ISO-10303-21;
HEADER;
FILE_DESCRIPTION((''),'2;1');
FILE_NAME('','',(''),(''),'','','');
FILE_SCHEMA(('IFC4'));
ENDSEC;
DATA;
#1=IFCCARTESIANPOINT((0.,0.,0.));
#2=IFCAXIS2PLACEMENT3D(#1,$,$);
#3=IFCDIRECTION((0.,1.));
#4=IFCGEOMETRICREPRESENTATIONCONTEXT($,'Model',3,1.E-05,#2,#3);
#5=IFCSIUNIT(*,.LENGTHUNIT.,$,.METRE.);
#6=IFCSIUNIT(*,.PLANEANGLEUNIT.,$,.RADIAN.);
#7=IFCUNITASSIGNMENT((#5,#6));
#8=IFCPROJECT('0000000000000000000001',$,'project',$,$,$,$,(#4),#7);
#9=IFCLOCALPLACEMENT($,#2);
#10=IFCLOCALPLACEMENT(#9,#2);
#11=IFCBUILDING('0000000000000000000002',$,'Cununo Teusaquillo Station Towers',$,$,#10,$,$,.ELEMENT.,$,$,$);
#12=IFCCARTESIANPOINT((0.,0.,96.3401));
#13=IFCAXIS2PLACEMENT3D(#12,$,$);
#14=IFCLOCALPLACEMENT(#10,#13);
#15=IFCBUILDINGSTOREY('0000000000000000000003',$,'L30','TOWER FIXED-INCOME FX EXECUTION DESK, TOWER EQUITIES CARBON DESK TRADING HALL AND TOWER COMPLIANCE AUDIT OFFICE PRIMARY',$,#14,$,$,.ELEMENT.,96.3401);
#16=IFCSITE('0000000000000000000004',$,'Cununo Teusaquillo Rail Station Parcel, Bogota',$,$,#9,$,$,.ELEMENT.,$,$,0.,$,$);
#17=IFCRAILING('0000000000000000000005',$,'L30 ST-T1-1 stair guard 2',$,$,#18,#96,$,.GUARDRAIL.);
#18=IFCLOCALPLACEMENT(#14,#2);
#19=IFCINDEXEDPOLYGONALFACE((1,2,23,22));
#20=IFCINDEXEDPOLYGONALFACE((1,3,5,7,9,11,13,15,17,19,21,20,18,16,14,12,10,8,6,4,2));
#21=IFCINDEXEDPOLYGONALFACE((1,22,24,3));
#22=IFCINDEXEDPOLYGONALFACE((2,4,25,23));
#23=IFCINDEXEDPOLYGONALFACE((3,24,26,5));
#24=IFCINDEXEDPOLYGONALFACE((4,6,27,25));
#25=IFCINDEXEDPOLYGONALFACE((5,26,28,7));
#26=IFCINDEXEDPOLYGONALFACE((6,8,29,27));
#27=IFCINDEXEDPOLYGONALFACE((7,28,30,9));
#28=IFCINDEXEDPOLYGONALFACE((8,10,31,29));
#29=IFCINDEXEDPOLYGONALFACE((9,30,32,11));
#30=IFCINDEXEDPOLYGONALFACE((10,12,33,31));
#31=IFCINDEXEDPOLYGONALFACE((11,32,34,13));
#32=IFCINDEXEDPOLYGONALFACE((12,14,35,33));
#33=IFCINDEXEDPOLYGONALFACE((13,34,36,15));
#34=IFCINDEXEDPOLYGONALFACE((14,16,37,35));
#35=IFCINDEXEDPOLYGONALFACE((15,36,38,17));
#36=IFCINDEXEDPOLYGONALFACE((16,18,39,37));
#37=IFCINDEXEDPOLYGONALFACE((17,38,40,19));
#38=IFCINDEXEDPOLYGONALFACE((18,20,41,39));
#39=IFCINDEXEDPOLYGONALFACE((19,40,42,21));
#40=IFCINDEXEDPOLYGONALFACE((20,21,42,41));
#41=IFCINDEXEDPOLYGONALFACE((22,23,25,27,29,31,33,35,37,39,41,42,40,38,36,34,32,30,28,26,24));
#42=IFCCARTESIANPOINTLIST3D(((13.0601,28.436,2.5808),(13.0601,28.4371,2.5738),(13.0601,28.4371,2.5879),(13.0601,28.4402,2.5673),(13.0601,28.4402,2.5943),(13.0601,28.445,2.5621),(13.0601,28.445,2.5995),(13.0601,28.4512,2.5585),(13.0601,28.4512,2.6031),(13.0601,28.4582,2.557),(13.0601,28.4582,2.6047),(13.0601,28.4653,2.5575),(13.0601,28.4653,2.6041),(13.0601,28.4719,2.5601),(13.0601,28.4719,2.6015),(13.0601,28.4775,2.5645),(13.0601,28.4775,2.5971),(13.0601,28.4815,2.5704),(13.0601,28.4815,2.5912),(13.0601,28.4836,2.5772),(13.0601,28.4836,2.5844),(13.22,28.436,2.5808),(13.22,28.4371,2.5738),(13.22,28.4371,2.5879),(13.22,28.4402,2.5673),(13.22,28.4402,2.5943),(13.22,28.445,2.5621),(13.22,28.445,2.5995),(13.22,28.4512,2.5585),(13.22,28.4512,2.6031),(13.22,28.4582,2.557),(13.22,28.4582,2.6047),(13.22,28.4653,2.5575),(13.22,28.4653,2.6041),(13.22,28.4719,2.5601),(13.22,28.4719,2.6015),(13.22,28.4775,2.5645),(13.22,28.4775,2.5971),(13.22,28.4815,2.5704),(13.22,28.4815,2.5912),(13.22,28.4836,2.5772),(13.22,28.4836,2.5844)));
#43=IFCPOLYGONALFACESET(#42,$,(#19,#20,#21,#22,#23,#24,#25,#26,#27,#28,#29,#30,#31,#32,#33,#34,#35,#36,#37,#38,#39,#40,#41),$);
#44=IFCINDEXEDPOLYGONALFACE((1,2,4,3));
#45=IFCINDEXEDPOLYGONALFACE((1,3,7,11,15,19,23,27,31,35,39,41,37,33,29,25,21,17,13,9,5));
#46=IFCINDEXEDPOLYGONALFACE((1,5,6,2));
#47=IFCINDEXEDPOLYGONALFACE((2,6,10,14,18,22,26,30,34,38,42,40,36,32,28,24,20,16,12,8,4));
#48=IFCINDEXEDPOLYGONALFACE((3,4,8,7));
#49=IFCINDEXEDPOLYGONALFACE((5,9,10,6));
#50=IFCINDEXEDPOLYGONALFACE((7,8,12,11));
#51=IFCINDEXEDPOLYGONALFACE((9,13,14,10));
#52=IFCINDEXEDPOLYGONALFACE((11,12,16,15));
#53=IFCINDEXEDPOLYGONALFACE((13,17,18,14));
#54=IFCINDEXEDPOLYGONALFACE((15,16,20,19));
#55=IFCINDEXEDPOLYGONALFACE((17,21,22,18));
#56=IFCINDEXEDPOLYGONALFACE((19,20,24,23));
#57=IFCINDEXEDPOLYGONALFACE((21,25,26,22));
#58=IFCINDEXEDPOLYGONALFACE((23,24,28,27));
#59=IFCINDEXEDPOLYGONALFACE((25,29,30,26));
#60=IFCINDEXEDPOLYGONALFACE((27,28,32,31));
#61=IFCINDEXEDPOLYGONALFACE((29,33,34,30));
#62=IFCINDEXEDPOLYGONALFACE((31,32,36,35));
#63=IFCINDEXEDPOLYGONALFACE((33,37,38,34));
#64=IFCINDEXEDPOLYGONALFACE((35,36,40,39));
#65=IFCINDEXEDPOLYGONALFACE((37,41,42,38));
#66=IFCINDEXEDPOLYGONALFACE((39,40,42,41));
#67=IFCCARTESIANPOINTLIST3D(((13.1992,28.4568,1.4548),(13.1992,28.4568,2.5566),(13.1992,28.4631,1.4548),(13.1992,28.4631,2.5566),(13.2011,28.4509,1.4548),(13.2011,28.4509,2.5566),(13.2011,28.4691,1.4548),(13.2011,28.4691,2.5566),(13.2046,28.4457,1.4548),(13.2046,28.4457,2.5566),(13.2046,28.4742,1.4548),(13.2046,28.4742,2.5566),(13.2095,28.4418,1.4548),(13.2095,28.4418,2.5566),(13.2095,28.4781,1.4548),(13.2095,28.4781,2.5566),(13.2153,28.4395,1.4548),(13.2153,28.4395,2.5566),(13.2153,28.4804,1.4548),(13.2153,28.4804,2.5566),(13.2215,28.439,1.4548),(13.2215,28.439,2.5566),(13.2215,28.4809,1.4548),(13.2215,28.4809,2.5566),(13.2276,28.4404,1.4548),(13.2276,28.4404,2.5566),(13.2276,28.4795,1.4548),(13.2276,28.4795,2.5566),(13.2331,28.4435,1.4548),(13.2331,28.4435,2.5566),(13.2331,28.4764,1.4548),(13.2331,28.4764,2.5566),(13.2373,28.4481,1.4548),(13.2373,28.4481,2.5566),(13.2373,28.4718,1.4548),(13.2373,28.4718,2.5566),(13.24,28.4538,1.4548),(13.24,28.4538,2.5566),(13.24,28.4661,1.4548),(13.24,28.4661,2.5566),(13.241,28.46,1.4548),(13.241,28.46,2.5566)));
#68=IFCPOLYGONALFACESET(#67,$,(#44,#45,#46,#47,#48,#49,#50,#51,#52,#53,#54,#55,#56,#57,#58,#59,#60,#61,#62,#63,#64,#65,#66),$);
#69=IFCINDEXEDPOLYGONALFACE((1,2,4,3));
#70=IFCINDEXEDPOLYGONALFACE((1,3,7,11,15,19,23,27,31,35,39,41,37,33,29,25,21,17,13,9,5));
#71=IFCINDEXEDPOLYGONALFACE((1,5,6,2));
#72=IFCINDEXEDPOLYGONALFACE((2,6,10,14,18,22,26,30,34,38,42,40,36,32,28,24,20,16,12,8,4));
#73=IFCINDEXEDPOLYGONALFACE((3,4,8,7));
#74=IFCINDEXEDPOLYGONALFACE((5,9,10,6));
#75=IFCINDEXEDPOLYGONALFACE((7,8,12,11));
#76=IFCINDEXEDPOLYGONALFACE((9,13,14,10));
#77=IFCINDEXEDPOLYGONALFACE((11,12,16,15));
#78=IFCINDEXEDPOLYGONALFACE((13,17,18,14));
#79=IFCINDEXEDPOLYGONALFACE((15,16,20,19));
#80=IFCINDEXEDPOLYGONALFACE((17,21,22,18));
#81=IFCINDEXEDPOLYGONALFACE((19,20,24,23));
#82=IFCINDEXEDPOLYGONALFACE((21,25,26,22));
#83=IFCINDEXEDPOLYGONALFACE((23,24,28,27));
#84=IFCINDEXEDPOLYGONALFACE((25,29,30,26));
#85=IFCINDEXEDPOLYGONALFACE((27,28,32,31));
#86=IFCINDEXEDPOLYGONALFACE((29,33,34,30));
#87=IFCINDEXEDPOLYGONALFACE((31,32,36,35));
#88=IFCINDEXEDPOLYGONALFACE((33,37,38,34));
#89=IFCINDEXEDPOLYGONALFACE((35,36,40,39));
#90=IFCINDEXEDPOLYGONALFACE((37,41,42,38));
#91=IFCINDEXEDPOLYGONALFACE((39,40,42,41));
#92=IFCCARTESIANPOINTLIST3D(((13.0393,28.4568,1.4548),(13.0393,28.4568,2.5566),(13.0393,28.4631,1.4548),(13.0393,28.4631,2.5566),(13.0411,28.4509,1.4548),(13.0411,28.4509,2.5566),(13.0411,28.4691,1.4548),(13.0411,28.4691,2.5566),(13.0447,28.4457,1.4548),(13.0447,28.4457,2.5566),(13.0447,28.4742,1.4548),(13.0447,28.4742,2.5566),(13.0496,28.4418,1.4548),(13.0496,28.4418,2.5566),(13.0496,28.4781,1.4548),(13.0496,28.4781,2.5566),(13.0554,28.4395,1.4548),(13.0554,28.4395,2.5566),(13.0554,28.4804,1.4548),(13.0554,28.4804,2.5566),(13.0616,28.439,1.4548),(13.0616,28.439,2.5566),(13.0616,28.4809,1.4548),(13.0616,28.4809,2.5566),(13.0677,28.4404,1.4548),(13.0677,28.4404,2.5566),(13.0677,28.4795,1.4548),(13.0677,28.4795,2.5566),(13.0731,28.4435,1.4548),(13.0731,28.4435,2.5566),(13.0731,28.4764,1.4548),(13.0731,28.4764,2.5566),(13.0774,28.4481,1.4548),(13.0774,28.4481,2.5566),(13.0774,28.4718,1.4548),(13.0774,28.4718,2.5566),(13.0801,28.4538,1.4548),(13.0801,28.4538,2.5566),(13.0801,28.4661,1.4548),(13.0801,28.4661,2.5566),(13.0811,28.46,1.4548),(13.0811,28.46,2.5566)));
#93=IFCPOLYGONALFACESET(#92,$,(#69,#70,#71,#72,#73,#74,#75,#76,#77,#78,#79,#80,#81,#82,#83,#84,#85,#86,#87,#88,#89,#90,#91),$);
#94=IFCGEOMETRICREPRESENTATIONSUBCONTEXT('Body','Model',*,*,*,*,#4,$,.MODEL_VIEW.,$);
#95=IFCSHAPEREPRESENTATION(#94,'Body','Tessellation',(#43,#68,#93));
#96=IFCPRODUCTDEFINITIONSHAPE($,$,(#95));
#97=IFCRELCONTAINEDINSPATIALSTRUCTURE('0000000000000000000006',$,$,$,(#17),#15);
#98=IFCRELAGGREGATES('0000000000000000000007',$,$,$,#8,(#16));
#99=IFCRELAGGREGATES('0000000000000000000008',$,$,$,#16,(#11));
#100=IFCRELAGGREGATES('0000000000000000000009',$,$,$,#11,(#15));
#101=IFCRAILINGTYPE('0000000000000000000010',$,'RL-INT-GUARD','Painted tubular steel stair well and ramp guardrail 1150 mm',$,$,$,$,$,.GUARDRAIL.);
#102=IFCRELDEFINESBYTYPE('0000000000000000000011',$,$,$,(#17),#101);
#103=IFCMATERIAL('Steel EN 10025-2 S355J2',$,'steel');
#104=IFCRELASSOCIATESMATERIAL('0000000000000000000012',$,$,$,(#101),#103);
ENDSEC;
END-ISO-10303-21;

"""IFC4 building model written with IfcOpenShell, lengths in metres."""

from ifc_helpers import new_model, si_unit, direction, frame, origin, origin_2d, place, context, subcontext, project, spatial, circle, extrude, material, type_object, element, save


model = new_model("IFC4")

# Units and contexts
model_context = context("Model", 3, precision=1e-05, world=origin(), true_north=direction((0.0, 1.0)))
body_context = subcontext(model_context, "Body", "Model", "MODEL_VIEW")
ifc_project = project(units=[si_unit("LENGTHUNIT", "METRE"), si_unit("PLANEANGLEUNIT", "RADIAN")], contexts=[model_context])

# Site, building, storey
site_placement = place(None, origin())
site = spatial("IfcSite", under=ifc_project, at=site_placement, Name="Cununo Teusaquillo Rail Station Parcel, Bogota", CompositionType="ELEMENT", RefElevation=0.0)
building_placement = place(site_placement, origin())
building = spatial("IfcBuilding", under=site, at=building_placement, Name="Cununo Teusaquillo Station Towers", CompositionType="ELEMENT")
storey_placement = place(building_placement, frame((0.0, 0.0, 96.3401)))
storey = spatial("IfcBuildingStorey", under=building, at=storey_placement, Name="L30", Description="TOWER FIXED-INCOME FX EXECUTION DESK, TOWER EQUITIES CARBON DESK TRADING HALL AND TOWER COMPLIANCE AUDIT OFFICE PRIMARY", CompositionType="ELEMENT", Elevation=96.3401)

# Railing
ifc_material_1 = material(Name="Steel EN 10025-2 S355J2", Category="steel")
railing_type_1 = type_object("IfcRailingType", Name="RL-INT-GUARD", Description="Painted tubular steel stair well and ramp guardrail 1150 mm", PredefinedType="GUARDRAIL", material=ifc_material_1)
railing_1_placement = place(storey_placement, frame((13.22, 28.46, 1.4548)))
element("IfcRailing", 1, at=railing_1_placement, inside=storey, type_object=railing_type_1, Name="L30 ST-T1-1 stair guard 2", PredefinedType="GUARDRAIL", context=body_context, shape_type="SweptSolid", body=[
    extrude(circle(Radius=0.0239, at=origin_2d()), frame((0.0, 0.0, 1.126), z_axis=(-1.0, 0.0, 0.0), x_axis=(0.0, -1.0, 0.0)), (0.0, 0.0, 1.0), 0.1599),
    extrude(circle(Radius=0.021, at=origin_2d()), origin(), (0.0, 0.0, 1.0), 1.1018),
    extrude(circle(Radius=0.021, at=origin_2d()), frame((-0.1599, 0.0, 0.0)), (0.0, 0.0, 1.0), 1.1018),
])

save(model, "model.ifc")
